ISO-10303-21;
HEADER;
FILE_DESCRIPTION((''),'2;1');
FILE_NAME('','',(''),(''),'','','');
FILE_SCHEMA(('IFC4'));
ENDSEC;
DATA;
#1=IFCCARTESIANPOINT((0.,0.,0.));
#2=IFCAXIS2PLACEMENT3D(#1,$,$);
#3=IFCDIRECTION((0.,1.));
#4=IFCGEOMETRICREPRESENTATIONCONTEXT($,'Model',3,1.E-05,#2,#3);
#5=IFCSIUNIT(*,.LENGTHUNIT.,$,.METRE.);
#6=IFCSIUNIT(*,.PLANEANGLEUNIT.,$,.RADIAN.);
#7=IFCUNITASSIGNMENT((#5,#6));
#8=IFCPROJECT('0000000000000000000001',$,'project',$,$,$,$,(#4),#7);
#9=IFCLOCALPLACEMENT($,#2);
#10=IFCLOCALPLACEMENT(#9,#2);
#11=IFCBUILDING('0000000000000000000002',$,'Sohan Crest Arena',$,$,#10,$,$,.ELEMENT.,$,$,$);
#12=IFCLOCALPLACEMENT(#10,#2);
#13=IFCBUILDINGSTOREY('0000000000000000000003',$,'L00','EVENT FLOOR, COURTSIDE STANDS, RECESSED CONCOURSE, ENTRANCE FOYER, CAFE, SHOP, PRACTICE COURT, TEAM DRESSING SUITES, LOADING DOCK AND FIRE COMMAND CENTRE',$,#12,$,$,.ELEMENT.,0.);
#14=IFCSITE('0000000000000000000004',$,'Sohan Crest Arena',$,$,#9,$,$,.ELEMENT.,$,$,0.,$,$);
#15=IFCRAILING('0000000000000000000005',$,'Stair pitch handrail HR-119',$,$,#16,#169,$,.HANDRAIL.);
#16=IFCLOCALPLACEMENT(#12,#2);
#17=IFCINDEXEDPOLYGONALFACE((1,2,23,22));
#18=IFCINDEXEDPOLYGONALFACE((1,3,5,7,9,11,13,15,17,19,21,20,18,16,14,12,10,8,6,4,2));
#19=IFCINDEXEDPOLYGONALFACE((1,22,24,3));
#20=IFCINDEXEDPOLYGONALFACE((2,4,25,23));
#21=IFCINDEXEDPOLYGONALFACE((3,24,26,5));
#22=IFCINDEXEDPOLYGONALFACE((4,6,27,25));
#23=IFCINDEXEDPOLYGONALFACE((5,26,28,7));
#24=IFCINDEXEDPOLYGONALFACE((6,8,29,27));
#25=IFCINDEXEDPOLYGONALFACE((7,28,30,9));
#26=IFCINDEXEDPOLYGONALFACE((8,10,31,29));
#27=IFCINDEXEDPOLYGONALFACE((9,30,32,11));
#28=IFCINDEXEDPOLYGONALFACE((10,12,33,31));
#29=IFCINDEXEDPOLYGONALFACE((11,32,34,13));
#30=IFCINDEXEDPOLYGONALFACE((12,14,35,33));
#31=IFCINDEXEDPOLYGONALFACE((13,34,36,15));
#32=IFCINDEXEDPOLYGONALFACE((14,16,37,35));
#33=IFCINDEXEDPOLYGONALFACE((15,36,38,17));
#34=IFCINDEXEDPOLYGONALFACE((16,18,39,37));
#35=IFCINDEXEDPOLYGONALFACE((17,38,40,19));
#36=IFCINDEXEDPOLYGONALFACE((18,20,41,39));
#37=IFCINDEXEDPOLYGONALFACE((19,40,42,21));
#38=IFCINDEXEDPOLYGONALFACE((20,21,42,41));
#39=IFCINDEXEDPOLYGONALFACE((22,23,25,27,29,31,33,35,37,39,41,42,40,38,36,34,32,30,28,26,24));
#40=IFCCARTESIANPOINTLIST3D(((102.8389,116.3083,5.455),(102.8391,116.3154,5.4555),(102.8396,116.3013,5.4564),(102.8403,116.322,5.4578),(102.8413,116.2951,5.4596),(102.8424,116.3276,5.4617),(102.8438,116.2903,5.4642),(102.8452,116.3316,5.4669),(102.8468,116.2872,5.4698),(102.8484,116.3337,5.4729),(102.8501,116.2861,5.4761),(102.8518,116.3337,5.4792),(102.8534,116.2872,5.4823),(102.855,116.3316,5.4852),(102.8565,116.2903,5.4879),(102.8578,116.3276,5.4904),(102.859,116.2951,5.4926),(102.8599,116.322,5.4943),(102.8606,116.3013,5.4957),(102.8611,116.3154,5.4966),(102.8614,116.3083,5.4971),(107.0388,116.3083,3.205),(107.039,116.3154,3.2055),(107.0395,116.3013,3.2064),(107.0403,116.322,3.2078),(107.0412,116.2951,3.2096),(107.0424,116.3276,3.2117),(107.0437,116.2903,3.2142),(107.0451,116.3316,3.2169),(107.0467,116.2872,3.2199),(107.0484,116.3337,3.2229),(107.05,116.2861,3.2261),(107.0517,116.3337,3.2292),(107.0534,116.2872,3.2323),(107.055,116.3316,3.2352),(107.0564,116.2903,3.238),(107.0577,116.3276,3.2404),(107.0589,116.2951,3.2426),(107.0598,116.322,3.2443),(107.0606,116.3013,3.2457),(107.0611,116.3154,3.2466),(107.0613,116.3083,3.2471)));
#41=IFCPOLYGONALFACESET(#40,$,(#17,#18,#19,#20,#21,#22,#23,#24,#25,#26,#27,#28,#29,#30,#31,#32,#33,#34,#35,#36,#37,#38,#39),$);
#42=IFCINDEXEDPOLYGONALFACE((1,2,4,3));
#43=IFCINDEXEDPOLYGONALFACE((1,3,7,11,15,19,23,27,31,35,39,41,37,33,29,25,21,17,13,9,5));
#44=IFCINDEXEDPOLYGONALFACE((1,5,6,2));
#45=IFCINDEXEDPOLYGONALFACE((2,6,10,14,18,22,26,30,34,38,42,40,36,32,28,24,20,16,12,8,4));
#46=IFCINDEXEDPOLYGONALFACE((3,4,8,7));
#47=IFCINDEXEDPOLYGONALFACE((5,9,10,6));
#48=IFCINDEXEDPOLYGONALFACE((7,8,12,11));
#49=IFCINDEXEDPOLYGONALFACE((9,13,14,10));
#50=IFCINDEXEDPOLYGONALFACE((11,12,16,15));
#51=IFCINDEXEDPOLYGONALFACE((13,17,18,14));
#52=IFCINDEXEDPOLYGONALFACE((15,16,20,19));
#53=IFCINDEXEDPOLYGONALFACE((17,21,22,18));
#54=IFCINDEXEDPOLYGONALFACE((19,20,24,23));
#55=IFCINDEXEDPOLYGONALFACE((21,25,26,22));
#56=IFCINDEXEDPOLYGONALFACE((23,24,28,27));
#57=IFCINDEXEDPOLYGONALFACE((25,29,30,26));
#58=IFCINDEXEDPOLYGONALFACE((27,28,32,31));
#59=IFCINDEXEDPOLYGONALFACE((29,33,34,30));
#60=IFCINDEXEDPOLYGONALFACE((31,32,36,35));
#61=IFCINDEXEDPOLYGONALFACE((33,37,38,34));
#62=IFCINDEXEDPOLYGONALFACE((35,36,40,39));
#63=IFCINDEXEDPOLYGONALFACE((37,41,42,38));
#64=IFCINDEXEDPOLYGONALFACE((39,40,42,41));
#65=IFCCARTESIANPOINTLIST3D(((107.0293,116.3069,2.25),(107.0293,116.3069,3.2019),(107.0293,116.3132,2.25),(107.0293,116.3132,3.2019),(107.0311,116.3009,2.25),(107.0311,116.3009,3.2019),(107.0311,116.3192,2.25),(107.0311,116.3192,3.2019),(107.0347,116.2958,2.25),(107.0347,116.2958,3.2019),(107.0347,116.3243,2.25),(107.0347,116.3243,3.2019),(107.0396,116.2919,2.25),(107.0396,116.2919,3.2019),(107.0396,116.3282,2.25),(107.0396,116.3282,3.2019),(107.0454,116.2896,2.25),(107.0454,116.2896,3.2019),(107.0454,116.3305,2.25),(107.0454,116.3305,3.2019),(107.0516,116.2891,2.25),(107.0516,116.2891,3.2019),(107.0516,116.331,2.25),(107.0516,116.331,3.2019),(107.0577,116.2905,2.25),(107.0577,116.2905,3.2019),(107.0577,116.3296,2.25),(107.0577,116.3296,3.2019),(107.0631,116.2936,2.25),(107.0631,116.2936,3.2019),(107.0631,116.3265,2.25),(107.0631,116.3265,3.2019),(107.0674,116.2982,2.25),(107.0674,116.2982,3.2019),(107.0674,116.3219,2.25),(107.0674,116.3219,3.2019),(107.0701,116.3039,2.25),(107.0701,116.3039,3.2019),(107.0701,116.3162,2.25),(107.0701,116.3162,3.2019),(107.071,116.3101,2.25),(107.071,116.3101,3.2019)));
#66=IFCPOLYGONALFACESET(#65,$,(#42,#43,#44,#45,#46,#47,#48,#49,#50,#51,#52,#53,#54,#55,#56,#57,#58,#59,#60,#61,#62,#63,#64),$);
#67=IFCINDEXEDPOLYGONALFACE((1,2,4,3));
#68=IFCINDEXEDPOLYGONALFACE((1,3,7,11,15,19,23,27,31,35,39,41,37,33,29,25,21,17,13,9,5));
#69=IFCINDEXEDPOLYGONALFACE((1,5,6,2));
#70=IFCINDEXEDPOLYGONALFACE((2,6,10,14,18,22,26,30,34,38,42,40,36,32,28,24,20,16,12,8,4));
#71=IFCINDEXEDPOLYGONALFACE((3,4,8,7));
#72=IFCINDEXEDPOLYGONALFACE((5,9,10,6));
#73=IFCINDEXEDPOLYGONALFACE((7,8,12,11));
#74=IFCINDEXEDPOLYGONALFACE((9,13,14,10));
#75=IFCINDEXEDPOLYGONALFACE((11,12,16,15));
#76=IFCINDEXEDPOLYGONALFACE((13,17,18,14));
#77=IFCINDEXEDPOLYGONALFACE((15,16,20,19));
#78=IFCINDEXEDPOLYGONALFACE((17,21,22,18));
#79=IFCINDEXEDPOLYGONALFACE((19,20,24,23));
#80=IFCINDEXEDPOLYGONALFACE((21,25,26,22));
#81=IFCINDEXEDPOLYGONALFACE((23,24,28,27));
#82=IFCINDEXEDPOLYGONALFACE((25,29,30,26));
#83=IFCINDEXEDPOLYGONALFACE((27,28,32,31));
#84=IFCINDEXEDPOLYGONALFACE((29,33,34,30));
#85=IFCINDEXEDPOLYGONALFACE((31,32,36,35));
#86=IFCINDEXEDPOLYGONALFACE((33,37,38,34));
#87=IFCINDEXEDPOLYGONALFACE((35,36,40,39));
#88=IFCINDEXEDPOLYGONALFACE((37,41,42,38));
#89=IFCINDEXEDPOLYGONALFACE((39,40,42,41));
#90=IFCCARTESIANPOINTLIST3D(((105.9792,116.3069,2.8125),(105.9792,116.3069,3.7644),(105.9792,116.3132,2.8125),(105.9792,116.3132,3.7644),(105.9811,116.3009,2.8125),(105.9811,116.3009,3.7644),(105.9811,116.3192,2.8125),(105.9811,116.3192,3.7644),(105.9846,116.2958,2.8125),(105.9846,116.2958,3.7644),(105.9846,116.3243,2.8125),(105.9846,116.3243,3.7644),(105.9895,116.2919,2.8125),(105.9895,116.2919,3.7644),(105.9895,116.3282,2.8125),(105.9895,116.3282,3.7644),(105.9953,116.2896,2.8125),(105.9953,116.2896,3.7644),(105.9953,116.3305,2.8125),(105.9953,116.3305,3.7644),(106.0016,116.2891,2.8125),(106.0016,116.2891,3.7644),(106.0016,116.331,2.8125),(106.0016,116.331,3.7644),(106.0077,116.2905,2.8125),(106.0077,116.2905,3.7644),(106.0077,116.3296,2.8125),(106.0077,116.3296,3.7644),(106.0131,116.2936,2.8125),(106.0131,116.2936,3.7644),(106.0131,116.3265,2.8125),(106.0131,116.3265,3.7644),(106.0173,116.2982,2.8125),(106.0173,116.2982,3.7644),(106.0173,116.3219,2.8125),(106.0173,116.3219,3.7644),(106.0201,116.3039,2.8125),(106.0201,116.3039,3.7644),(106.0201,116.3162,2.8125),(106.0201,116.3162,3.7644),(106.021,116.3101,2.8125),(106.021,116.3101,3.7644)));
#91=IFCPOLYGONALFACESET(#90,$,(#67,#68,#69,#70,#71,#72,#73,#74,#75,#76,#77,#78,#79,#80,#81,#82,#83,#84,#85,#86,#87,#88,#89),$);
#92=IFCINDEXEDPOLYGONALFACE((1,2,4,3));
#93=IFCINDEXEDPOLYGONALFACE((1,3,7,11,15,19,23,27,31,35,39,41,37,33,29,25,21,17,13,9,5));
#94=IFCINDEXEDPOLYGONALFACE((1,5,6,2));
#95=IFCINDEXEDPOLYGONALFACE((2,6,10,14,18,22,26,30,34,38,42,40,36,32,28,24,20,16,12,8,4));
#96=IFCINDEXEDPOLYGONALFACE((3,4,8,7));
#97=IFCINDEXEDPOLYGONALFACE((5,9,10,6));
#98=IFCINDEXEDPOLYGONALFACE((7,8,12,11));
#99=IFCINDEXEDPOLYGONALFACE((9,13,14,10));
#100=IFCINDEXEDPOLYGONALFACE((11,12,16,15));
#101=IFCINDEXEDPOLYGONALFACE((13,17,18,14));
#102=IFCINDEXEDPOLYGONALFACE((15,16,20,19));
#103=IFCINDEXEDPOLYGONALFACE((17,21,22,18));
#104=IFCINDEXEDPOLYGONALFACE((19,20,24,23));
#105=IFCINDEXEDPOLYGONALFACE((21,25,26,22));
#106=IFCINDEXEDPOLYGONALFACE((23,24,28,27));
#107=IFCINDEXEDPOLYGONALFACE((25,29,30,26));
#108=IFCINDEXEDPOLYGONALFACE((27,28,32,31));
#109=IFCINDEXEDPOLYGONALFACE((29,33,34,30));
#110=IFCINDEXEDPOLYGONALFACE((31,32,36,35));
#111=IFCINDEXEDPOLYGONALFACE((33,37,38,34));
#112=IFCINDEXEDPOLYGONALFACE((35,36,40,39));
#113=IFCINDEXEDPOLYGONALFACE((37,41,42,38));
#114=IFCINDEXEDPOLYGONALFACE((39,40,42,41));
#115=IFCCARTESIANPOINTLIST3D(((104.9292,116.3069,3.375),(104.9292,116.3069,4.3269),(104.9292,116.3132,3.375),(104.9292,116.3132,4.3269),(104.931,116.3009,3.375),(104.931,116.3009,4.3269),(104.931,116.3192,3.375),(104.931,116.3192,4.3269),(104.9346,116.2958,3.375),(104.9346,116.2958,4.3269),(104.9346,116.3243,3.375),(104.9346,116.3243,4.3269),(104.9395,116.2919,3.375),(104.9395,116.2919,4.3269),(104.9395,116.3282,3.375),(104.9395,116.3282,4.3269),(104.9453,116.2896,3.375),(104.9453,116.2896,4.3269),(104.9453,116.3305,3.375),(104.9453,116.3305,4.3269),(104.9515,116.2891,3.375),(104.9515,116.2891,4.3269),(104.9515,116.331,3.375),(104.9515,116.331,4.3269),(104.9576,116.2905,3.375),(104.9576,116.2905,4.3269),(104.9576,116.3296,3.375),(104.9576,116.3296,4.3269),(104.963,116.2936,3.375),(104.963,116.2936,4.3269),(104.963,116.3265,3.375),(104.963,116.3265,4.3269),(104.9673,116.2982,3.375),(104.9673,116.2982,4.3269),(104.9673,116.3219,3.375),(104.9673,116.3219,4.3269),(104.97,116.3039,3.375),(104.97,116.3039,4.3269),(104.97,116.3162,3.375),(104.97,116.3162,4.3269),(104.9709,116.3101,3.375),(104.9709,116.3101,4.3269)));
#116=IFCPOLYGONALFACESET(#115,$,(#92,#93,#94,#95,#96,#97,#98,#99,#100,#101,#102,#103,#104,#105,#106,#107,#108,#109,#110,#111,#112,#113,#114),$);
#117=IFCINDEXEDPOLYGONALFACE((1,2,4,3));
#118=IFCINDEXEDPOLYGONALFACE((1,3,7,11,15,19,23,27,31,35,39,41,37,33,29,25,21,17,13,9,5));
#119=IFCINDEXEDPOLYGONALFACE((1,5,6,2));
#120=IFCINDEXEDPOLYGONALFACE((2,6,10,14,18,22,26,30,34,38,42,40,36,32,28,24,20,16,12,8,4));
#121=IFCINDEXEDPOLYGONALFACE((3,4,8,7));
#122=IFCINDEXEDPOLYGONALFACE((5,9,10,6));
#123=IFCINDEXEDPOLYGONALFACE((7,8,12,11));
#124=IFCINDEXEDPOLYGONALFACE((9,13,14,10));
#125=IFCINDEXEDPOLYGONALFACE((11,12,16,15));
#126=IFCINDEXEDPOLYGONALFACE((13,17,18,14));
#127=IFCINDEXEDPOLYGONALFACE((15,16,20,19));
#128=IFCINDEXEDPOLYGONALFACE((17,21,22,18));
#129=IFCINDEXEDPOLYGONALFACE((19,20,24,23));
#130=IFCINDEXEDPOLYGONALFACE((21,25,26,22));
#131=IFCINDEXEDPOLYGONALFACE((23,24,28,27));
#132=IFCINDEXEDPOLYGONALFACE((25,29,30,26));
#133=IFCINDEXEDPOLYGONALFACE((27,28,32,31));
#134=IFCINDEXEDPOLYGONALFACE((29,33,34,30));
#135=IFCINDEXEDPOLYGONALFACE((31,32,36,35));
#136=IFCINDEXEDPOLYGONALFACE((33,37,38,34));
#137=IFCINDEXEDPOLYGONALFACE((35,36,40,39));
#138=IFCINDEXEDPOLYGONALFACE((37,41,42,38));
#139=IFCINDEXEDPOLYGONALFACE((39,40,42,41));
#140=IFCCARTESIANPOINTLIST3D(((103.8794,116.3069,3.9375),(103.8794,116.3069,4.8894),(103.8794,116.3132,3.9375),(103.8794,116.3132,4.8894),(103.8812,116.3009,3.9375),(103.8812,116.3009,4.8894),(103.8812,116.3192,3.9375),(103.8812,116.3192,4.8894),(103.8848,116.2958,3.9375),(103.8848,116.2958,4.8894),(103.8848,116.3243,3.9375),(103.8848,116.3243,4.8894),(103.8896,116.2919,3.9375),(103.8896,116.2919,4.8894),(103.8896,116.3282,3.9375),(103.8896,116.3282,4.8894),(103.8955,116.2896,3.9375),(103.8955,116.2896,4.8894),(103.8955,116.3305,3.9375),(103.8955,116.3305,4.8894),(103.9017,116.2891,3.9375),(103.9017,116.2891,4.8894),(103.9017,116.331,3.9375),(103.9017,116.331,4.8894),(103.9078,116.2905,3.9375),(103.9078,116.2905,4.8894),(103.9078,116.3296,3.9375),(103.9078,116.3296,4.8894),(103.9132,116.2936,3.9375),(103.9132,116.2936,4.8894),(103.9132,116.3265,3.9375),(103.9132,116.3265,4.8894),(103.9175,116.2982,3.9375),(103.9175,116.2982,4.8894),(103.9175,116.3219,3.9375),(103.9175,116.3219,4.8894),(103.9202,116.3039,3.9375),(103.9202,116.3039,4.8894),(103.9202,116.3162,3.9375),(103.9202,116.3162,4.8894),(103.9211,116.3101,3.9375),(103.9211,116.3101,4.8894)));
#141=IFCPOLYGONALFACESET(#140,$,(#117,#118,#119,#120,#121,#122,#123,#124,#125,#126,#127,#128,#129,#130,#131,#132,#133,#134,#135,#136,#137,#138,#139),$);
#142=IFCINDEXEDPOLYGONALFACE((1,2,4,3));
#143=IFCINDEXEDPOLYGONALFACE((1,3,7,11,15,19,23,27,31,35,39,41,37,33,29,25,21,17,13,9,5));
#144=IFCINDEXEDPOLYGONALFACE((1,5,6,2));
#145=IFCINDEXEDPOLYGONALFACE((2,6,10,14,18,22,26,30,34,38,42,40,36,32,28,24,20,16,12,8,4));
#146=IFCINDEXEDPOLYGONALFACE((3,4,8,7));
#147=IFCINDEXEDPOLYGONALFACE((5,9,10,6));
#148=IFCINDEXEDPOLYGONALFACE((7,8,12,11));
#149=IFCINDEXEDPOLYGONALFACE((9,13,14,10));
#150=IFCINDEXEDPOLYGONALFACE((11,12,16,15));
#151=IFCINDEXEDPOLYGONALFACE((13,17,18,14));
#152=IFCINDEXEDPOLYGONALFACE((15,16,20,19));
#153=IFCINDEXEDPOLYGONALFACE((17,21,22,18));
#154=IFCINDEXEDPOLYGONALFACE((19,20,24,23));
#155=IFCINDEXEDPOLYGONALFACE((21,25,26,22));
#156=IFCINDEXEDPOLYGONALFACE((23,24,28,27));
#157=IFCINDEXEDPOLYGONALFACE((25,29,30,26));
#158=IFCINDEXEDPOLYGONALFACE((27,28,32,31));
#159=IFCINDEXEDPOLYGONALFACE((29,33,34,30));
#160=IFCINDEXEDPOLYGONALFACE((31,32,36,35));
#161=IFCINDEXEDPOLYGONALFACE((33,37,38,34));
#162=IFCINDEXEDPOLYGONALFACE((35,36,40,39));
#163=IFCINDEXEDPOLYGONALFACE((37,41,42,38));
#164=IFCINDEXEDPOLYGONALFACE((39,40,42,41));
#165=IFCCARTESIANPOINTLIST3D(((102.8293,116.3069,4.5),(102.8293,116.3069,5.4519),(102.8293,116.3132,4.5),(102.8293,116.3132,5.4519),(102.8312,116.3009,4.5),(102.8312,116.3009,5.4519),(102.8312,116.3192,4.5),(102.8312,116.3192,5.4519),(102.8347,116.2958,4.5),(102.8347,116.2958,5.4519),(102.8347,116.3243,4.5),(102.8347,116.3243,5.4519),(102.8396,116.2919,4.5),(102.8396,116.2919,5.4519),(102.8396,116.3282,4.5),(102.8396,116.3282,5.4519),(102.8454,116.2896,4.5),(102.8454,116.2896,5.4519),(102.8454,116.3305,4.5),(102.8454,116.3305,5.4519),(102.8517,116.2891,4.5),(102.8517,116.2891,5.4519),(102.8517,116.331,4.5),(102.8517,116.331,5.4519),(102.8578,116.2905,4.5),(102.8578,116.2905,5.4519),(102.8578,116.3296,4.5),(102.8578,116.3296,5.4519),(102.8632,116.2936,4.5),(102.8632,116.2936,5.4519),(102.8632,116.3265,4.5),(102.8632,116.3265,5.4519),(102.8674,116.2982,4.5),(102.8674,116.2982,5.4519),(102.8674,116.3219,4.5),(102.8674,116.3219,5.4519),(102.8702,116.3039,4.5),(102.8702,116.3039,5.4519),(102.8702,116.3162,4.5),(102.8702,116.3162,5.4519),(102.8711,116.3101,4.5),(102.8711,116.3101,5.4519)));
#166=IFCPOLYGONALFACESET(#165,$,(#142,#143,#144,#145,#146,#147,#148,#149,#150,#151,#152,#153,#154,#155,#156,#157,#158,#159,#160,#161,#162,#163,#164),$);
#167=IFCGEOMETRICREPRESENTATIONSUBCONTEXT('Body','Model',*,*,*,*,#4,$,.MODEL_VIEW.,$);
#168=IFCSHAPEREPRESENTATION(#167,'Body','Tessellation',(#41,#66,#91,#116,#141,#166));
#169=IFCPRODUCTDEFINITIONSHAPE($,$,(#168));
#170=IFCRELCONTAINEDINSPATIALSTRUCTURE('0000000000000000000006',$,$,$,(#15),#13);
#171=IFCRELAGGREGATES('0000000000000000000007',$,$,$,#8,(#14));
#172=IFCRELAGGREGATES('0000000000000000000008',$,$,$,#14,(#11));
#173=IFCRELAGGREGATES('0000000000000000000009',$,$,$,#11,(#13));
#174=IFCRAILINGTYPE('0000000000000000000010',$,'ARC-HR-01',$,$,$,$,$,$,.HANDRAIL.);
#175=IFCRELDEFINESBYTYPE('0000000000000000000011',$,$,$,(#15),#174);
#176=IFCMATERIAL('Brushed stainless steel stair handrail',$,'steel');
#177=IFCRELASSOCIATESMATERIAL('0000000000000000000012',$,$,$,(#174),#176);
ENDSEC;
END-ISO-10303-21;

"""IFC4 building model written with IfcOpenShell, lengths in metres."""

from ifc_helpers import new_model, si_unit, direction, frame, origin, origin_2d, place, context, subcontext, project, spatial, circle, extrude, material, type_object, element, save


model = new_model("IFC4")

# Units and contexts
model_context = context("Model", 3, precision=1e-05, world=origin(), true_north=direction((0.0, 1.0)))
body_context = subcontext(model_context, "Body", "Model", "MODEL_VIEW")
ifc_project = project(units=[si_unit("LENGTHUNIT", "METRE"), si_unit("PLANEANGLEUNIT", "RADIAN")], contexts=[model_context])

# Site, building, storey
site_placement = place(None, origin())
site = spatial("IfcSite", under=ifc_project, at=site_placement, Name="Sohan Crest Arena", CompositionType="ELEMENT", RefElevation=0.0)
building_placement = place(site_placement, origin())
building = spatial("IfcBuilding", under=site, at=building_placement, Name="Sohan Crest Arena", CompositionType="ELEMENT")
storey_placement = place(building_placement, origin())
storey = spatial("IfcBuildingStorey", under=building, at=storey_placement, Name="L00", Description="EVENT FLOOR, COURTSIDE STANDS, RECESSED CONCOURSE, ENTRANCE FOYER, CAFE, SHOP, PRACTICE COURT, TEAM DRESSING SUITES, LOADING DOCK AND FIRE COMMAND CENTRE", CompositionType="ELEMENT", Elevation=0.0)

# Railing
ifc_material_1 = material(Name="Brushed stainless steel stair handrail", Category="steel")
railing_type_1 = type_object("IfcRailingType", Name="ARC-HR-01", PredefinedType="HANDRAIL", material=ifc_material_1)
railing_1_placement = place(storey_placement, frame((107.05, 116.3101, 2.25)))
element("IfcRailing", 1, at=railing_1_placement, inside=storey, type_object=railing_type_1, Name="Stair pitch handrail HR-119", PredefinedType="HANDRAIL", context=body_context, shape_type="SweptSolid", body=[
    extrude(circle(Radius=0.0239, at=origin_2d()), frame((0.0, 0.0, 0.9761), z_axis=(-0.881478, 0.0, 0.472226), x_axis=(0.0, -1.0, 0.0)), (0.0, 0.0, 1.0), 4.7646),
    extrude(circle(Radius=0.021, at=origin_2d()), origin(), (0.0, 0.0, 1.0), 0.9519),
    extrude(circle(Radius=0.021, at=origin_2d()), frame((-1.05, 0.0, 0.5625)), (0.0, 0.0, 1.0), 0.9519),
    extrude(circle(Radius=0.021, at=origin_2d()), frame((-2.1001, 0.0, 1.125)), (0.0, 0.0, 1.0), 0.9519),
    extrude(circle(Radius=0.021, at=origin_2d()), frame((-3.1499, 0.0, 1.6875)), (0.0, 0.0, 1.0), 0.9519),
    extrude(circle(Radius=0.021, at=origin_2d()), frame((-4.2, 0.0, 2.25)), (0.0, 0.0, 1.0), 0.9519),
])

save(model, "model.ifc")
